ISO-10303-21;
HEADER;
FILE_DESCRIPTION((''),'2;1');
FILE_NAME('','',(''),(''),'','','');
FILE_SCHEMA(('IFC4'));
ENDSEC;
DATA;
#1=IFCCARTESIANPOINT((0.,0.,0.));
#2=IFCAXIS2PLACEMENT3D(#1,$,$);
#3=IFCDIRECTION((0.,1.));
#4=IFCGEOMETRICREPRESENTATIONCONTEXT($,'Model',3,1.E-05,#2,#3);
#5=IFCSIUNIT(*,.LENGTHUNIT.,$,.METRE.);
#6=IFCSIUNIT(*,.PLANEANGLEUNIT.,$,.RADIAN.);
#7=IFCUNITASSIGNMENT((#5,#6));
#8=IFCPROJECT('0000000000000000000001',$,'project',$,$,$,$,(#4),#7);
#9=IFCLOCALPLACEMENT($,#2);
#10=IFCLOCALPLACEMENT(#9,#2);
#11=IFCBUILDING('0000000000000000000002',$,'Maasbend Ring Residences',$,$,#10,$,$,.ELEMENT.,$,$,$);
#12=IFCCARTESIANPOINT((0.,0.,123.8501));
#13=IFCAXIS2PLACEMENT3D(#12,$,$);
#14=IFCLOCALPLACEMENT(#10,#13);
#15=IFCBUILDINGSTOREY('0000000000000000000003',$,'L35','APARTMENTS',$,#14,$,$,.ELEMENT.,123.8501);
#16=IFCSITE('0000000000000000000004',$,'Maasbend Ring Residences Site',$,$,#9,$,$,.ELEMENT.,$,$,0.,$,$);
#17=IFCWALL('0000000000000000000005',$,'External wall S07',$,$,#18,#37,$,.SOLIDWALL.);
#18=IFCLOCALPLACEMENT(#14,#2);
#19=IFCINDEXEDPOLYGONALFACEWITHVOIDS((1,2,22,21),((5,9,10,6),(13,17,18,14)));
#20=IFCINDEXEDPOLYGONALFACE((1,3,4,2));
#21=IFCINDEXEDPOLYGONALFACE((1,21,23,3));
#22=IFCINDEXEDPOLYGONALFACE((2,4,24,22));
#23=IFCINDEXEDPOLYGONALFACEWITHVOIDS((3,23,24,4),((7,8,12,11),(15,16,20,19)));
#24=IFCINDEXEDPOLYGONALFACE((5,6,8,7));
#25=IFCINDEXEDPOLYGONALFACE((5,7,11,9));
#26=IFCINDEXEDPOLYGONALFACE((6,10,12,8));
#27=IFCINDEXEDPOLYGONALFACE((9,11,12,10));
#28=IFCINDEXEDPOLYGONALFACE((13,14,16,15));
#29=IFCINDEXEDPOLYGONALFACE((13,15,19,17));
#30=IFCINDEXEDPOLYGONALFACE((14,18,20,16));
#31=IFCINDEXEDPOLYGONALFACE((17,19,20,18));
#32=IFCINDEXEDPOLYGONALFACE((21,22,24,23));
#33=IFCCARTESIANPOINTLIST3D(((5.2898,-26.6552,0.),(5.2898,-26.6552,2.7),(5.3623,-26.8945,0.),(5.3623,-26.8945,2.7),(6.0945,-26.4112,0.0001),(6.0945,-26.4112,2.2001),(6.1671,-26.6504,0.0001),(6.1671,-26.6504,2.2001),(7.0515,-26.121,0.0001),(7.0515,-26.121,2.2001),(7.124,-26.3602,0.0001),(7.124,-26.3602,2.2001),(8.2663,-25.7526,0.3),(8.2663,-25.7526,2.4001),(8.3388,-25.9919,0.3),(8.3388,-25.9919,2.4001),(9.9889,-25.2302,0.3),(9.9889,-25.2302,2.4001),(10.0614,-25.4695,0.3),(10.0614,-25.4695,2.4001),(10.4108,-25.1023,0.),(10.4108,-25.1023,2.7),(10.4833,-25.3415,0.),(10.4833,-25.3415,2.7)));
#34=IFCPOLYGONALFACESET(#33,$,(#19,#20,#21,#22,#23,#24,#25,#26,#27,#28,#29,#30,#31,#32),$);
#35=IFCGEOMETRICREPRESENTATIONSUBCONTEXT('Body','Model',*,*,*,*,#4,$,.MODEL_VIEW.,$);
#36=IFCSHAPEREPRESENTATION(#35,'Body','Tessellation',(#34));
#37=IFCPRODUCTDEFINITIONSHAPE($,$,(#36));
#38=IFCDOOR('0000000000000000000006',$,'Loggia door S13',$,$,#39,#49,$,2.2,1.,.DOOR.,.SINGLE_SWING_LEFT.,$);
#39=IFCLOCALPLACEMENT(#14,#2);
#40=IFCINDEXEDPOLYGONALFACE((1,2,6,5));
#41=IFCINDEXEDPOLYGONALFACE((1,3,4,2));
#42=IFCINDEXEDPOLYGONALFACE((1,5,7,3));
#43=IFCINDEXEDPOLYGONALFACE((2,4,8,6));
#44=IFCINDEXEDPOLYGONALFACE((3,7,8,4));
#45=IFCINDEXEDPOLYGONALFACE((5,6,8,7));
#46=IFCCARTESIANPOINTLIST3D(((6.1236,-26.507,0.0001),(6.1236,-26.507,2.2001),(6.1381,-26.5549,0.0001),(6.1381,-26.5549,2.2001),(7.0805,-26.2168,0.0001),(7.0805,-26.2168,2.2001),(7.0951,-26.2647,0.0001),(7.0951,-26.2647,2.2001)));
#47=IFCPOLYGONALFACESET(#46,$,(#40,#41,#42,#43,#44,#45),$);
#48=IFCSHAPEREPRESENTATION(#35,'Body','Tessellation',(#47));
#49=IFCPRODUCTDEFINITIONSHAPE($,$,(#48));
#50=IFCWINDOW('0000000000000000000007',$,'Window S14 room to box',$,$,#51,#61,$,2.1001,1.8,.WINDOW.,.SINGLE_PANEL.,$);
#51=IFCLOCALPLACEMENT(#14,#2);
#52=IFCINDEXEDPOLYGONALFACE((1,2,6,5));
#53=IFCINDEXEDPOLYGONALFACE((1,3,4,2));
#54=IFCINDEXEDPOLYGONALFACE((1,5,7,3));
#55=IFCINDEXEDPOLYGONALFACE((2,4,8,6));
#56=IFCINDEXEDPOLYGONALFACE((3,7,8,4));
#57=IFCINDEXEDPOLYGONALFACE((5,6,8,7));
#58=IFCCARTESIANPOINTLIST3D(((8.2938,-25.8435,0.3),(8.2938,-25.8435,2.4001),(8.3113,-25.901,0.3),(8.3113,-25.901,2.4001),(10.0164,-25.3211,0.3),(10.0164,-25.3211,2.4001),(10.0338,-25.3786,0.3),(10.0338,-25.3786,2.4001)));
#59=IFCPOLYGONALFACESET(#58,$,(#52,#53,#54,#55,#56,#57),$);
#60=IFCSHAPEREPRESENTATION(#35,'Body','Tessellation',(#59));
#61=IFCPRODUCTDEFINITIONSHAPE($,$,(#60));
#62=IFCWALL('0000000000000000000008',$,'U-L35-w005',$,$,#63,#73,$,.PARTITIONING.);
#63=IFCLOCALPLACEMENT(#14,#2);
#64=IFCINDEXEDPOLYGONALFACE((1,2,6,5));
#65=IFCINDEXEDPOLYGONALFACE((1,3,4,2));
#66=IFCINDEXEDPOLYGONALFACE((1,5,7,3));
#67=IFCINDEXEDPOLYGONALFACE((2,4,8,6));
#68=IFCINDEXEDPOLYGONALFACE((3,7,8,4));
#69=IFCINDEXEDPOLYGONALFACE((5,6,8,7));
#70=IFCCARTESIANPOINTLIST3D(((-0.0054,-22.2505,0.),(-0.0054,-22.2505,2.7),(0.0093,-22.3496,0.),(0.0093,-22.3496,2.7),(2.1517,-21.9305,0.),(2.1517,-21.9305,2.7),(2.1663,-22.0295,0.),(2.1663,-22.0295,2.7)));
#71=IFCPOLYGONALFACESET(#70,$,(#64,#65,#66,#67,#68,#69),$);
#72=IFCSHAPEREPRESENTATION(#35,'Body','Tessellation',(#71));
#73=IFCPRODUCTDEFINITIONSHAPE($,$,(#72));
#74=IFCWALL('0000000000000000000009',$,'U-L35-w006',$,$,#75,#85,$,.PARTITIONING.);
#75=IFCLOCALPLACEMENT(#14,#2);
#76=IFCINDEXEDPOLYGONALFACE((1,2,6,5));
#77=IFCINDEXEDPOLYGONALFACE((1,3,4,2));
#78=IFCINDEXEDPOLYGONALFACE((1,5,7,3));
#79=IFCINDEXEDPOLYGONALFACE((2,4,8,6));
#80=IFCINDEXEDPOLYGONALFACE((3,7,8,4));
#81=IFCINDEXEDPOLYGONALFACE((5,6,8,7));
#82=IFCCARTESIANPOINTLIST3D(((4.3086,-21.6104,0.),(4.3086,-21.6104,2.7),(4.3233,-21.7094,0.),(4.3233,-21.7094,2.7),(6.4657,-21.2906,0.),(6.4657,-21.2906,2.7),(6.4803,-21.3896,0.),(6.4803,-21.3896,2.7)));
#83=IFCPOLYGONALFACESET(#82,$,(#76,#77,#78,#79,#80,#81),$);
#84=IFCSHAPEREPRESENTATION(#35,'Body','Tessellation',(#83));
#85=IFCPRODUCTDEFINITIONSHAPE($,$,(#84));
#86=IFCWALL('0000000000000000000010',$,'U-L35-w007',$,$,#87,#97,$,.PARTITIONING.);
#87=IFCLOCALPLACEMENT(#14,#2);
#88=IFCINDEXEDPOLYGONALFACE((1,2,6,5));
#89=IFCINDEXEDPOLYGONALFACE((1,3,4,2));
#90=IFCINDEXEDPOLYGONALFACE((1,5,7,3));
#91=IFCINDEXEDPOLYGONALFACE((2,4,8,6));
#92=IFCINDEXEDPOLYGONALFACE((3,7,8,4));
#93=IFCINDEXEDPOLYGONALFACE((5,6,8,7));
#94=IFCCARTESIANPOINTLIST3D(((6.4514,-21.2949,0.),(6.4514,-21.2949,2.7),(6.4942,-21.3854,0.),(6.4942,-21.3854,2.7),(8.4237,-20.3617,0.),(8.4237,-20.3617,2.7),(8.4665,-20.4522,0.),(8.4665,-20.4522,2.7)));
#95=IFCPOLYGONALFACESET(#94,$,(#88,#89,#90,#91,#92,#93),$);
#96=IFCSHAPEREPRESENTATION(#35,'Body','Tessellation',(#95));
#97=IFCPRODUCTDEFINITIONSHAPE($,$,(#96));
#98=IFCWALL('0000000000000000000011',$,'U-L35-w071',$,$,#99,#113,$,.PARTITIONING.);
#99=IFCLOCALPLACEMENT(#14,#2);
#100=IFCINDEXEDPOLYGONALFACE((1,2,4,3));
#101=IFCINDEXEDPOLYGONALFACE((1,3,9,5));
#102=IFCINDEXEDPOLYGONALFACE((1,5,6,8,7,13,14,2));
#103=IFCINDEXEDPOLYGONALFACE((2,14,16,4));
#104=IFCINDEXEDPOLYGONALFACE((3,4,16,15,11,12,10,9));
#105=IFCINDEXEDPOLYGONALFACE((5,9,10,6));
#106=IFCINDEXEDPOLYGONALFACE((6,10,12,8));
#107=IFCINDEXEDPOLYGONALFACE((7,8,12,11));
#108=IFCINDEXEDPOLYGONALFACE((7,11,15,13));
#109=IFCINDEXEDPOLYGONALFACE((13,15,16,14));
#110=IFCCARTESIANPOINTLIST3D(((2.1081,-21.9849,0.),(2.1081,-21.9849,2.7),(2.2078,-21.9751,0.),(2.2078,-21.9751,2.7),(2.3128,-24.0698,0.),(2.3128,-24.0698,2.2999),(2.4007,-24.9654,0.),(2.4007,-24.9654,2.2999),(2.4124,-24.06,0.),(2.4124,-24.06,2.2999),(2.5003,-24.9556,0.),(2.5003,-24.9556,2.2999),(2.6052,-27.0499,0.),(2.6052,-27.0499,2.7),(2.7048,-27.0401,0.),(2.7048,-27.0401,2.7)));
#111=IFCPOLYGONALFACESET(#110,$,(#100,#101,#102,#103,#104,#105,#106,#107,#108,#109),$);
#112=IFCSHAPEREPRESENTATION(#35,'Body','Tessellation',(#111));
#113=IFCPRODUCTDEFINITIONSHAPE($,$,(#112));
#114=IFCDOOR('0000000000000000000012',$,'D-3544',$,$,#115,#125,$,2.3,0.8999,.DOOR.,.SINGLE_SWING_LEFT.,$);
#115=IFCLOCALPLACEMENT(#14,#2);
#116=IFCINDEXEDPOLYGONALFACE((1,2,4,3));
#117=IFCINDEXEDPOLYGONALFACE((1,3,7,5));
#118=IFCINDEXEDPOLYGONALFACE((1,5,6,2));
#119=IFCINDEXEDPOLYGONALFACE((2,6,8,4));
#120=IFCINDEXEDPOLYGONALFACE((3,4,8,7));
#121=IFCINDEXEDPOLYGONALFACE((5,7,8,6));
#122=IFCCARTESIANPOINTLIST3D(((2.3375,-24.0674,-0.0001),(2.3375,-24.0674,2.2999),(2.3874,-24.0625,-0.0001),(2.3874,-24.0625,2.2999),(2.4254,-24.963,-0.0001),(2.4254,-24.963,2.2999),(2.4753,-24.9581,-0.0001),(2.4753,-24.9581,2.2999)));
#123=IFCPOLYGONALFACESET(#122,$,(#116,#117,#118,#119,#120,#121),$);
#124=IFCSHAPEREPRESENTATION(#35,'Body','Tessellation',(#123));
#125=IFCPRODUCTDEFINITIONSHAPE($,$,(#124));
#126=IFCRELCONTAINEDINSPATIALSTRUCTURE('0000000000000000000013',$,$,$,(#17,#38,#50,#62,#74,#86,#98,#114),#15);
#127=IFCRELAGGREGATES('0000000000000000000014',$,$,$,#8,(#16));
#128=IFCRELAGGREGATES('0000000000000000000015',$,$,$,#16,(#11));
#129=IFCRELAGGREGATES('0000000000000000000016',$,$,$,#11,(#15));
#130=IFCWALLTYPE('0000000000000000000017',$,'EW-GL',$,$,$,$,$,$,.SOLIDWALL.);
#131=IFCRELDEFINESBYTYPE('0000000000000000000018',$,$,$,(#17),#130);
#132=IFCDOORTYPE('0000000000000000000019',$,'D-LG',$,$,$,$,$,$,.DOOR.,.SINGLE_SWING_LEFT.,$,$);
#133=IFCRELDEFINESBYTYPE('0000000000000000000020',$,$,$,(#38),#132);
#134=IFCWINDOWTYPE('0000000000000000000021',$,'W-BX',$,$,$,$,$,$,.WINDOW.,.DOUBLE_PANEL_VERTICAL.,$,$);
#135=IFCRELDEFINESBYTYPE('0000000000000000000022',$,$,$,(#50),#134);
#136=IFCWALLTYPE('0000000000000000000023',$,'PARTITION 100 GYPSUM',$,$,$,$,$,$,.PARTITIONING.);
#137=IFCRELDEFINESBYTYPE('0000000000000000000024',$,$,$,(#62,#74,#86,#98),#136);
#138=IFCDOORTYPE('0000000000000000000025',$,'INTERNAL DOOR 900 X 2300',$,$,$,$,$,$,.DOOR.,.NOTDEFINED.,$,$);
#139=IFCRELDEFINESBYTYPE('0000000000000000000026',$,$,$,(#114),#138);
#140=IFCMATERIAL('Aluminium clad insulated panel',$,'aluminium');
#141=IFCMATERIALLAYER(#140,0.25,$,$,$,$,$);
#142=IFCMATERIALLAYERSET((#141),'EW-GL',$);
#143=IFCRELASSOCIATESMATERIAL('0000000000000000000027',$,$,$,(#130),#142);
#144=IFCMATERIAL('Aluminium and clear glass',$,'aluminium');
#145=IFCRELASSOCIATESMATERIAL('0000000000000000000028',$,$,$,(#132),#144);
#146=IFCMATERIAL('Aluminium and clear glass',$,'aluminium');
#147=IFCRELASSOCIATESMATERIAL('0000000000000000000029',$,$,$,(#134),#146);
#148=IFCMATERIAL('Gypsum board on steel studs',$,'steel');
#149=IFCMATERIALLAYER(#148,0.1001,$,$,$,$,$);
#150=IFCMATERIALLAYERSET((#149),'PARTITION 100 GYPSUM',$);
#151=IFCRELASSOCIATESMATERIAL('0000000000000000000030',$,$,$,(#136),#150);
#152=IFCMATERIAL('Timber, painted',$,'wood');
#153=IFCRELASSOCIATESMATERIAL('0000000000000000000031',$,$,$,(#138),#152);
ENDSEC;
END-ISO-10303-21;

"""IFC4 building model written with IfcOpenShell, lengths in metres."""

from ifc_helpers import new_model, si_unit, direction, frame, frame_2d, origin, place, context, subcontext, project, spatial, rectangle, extrude, material, layer, layer_set, type_object, element, fill, save


model = new_model("IFC4")

# Units and contexts
model_context = context("Model", 3, precision=1e-05, world=origin(), true_north=direction((0.0, 1.0)))
body_context = subcontext(model_context, "Body", "Model", "MODEL_VIEW")
ifc_project = project(units=[si_unit("LENGTHUNIT", "METRE"), si_unit("PLANEANGLEUNIT", "RADIAN")], contexts=[model_context])

# Site, building, storey
site_placement = place(None, origin())
site = spatial("IfcSite", under=ifc_project, at=site_placement, Name="Maasbend Ring Residences Site", CompositionType="ELEMENT", RefElevation=0.0)
building_placement = place(site_placement, origin())
building = spatial("IfcBuilding", under=site, at=building_placement, Name="Maasbend Ring Residences", CompositionType="ELEMENT")
storey_placement = place(building_placement, frame((0.0, 0.0, 123.8501)))
storey = spatial("IfcBuildingStorey", under=building, at=storey_placement, Name="L35", Description="APARTMENTS", CompositionType="ELEMENT", Elevation=123.8501)

# Wall, openings, door, window
ifc_material_1 = material(Name="Aluminium clad insulated panel", Category="aluminium")
ifc_layer_1 = layer(ifc_material_1, 0.25)
ifc_layer_set_1 = layer_set([ifc_layer_1], Name="EW-GL")
wall_type_1 = type_object("IfcWallType", Name="EW-GL", PredefinedType="SOLIDWALL", material=ifc_layer_set_1)
wall_1_placement = place(storey_placement, frame((5.3259, -26.7749, 0.0), z_axis=(0.0, 0.0, 1.0), x_axis=(0.956966, 0.290201, 0.0)))
wall_1 = element("IfcWall", 1, at=wall_1_placement, inside=storey, type_object=wall_type_1, Name="External wall S07", PredefinedType="SOLIDWALL", context=body_context, shape_type="SweptSolid", body=[
    extrude(rectangle(XDim=5.3513, YDim=0.25, at=frame_2d((2.6758, 0.0))), origin(), (0.0, 0.0, 1.0), 2.7),
])
opening_1_placement = place(wall_1_placement, frame((0.8411, 0.0, 0.0)))
opening_1 = element("IfcOpeningElement", 2, at=opening_1_placement, cuts=wall_1, PredefinedType="OPENING", context=body_context, shape_type="SweptSolid", body=[
    extrude(rectangle(XDim=1.0, YDim=2.2, at=frame_2d((0.5, 1.1001))), frame((0.0, 0.135, 0.0), z_axis=(0.0, -1.0, 0.0), x_axis=(1.0, 0.0, 0.0)), (0.0, 0.0, 1.0), 0.27),
])
opening_2_placement = place(wall_1_placement, frame((3.1106, 0.0, 0.3)))
opening_2 = element("IfcOpeningElement", 3, at=opening_2_placement, cuts=wall_1, PredefinedType="OPENING", context=body_context, shape_type="SweptSolid", body=[
    extrude(rectangle(XDim=1.8, YDim=2.1001, at=frame_2d((0.8999, 1.05))), frame((0.0, 0.135, 0.0), z_axis=(0.0, -1.0, 0.0), x_axis=(1.0, 0.0, 0.0)), (0.0, 0.0, 1.0), 0.27),
])
ifc_material_2 = material(Name="Aluminium and clear glass", Category="aluminium")
door_type_1 = type_object("IfcDoorType", Name="D-LG", OperationType="SINGLE_SWING_LEFT", PredefinedType="DOOR", material=ifc_material_2)
door_1_placement = place(opening_1_placement, origin())
door_1 = element("IfcDoor", 4, at=door_1_placement, inside=storey, type_object=door_type_1, Name="Loggia door S13", OperationType="SINGLE_SWING_LEFT", OverallHeight=2.2, OverallWidth=1.0, PredefinedType="DOOR", context=body_context, shape_type="SweptSolid", body=[
    extrude(rectangle(XDim=1.0, YDim=2.2, at=frame_2d((0.5, 1.1001))), frame((0.0, 0.0249, 0.0), z_axis=(0.0, -1.0, 0.0), x_axis=(1.0, 0.0, 0.0)), (0.0, 0.0, 1.0), 0.05),
])
fill(opening_1, door_1)
ifc_material_3 = material(Name="Aluminium and clear glass", Category="aluminium")
window_type_1 = type_object("IfcWindowType", Name="W-BX", PartitioningType="DOUBLE_PANEL_VERTICAL", PredefinedType="WINDOW", material=ifc_material_3)
window_1_placement = place(opening_2_placement, origin())
window_1 = element("IfcWindow", 5, at=window_1_placement, inside=storey, type_object=window_type_1, Name="Window S14 room to box", OverallHeight=2.1001, OverallWidth=1.8, PartitioningType="SINGLE_PANEL", PredefinedType="WINDOW", context=body_context, shape_type="SweptSolid", body=[
    extrude(rectangle(XDim=1.8, YDim=2.1001, at=frame_2d((0.8999, 1.05))), frame((0.0, 0.03, 0.0), z_axis=(0.0, -1.0, 0.0), x_axis=(1.0, 0.0, 0.0)), (0.0, 0.0, 1.0), 0.0601),
])
fill(opening_2, window_1)

# Walls
ifc_material_4 = material(Name="Gypsum board on steel studs", Category="steel")
ifc_layer_2 = layer(ifc_material_4, 0.1001)
ifc_layer_set_2 = layer_set([ifc_layer_2], Name="PARTITION 100 GYPSUM")
wall_type_2 = type_object("IfcWallType", Name="PARTITION 100 GYPSUM", PredefinedType="PARTITIONING", material=ifc_layer_set_2)
for number, where, z_axis, x_axis, name in (
    (6, (0.002, -22.3, 0.0), (0.0, 0.0, 1.0), (0.989169, 0.14678, 0.0), "U-L35-w005"),
    (7, (4.3159, -21.6599, 0.0), (0.0, 0.0, 1.0), (0.989185, 0.14667, 0.0), "U-L35-w006"),
):
    element("IfcWall", number, at=place(storey_placement, frame(where, z_axis=z_axis, x_axis=x_axis)), inside=storey, type_object=wall_type_2, Name=name, PredefinedType="PARTITIONING", context=body_context, shape_type="SweptSolid", body=[
        extrude(rectangle(XDim=2.1807, YDim=0.1001, at=frame_2d((1.0903, 0.0))), origin(), (0.0, 0.0, 1.0), 2.7),
    ])
wall_2_placement = place(storey_placement, frame((6.4729, -21.3401, 0.0), z_axis=(0.0, 0.0, 1.0), x_axis=(0.903929, 0.427682, 0.0)))
element("IfcWall", 8, at=wall_2_placement, inside=storey, type_object=wall_type_2, Name="U-L35-w007", PredefinedType="PARTITIONING", context=body_context, shape_type="SweptSolid", body=[
    extrude(rectangle(XDim=2.1819, YDim=0.1001, at=frame_2d((1.0908, 0.0))), origin(), (0.0, 0.0, 1.0), 2.7),
])

# Wall, opening, door
wall_3_placement = place(storey_placement, frame((2.158, -21.98, 0.0), z_axis=(0.0, 0.0, 1.0), x_axis=(0.09767, -0.995219, 0.0)))
wall_3 = element("IfcWall", 9, at=wall_3_placement, inside=storey, type_object=wall_type_2, Name="U-L35-w071", PredefinedType="PARTITIONING", context=body_context, shape_type="SweptSolid", body=[
    extrude(rectangle(XDim=5.0894, YDim=0.1001, at=frame_2d((2.5447, 0.0))), origin(), (0.0, 0.0, 1.0), 2.7),
])
opening_3_placement = place(wall_3_placement, frame((2.095, 0.0, 0.0)))
opening_3 = element("IfcOpeningElement", 10, at=opening_3_placement, cuts=wall_3, PredefinedType="OPENING", context=body_context, shape_type="SweptSolid", body=[
    extrude(rectangle(XDim=0.8999, YDim=2.3, at=frame_2d((0.45, 1.1499))), frame((0.0, 0.0601, 0.0), z_axis=(0.0, -1.0, 0.0), x_axis=(1.0, 0.0, 0.0)), (0.0, 0.0, 1.0), 0.1201),
])
ifc_material_5 = material(Name="Timber, painted", Category="wood")
door_type_2 = type_object("IfcDoorType", Name="INTERNAL DOOR 900 X 2300", OperationType="NOTDEFINED", PredefinedType="DOOR", material=ifc_material_5)
door_2_placement = place(opening_3_placement, origin())
door_2 = element("IfcDoor", 11, at=door_2_placement, inside=storey, type_object=door_type_2, Name="D-3544", OperationType="SINGLE_SWING_LEFT", OverallHeight=2.3, OverallWidth=0.8999, PredefinedType="DOOR", context=body_context, shape_type="SweptSolid", body=[
    extrude(rectangle(XDim=0.8999, YDim=2.3, at=frame_2d((0.45, 1.1499))), frame((0.0, 0.0249, 0.0), z_axis=(0.0, -1.0, 0.0), x_axis=(1.0, 0.0, 0.0)), (0.0, 0.0, 1.0), 0.05),
])
fill(opening_3, door_2)

save(model, "model.ifc")
